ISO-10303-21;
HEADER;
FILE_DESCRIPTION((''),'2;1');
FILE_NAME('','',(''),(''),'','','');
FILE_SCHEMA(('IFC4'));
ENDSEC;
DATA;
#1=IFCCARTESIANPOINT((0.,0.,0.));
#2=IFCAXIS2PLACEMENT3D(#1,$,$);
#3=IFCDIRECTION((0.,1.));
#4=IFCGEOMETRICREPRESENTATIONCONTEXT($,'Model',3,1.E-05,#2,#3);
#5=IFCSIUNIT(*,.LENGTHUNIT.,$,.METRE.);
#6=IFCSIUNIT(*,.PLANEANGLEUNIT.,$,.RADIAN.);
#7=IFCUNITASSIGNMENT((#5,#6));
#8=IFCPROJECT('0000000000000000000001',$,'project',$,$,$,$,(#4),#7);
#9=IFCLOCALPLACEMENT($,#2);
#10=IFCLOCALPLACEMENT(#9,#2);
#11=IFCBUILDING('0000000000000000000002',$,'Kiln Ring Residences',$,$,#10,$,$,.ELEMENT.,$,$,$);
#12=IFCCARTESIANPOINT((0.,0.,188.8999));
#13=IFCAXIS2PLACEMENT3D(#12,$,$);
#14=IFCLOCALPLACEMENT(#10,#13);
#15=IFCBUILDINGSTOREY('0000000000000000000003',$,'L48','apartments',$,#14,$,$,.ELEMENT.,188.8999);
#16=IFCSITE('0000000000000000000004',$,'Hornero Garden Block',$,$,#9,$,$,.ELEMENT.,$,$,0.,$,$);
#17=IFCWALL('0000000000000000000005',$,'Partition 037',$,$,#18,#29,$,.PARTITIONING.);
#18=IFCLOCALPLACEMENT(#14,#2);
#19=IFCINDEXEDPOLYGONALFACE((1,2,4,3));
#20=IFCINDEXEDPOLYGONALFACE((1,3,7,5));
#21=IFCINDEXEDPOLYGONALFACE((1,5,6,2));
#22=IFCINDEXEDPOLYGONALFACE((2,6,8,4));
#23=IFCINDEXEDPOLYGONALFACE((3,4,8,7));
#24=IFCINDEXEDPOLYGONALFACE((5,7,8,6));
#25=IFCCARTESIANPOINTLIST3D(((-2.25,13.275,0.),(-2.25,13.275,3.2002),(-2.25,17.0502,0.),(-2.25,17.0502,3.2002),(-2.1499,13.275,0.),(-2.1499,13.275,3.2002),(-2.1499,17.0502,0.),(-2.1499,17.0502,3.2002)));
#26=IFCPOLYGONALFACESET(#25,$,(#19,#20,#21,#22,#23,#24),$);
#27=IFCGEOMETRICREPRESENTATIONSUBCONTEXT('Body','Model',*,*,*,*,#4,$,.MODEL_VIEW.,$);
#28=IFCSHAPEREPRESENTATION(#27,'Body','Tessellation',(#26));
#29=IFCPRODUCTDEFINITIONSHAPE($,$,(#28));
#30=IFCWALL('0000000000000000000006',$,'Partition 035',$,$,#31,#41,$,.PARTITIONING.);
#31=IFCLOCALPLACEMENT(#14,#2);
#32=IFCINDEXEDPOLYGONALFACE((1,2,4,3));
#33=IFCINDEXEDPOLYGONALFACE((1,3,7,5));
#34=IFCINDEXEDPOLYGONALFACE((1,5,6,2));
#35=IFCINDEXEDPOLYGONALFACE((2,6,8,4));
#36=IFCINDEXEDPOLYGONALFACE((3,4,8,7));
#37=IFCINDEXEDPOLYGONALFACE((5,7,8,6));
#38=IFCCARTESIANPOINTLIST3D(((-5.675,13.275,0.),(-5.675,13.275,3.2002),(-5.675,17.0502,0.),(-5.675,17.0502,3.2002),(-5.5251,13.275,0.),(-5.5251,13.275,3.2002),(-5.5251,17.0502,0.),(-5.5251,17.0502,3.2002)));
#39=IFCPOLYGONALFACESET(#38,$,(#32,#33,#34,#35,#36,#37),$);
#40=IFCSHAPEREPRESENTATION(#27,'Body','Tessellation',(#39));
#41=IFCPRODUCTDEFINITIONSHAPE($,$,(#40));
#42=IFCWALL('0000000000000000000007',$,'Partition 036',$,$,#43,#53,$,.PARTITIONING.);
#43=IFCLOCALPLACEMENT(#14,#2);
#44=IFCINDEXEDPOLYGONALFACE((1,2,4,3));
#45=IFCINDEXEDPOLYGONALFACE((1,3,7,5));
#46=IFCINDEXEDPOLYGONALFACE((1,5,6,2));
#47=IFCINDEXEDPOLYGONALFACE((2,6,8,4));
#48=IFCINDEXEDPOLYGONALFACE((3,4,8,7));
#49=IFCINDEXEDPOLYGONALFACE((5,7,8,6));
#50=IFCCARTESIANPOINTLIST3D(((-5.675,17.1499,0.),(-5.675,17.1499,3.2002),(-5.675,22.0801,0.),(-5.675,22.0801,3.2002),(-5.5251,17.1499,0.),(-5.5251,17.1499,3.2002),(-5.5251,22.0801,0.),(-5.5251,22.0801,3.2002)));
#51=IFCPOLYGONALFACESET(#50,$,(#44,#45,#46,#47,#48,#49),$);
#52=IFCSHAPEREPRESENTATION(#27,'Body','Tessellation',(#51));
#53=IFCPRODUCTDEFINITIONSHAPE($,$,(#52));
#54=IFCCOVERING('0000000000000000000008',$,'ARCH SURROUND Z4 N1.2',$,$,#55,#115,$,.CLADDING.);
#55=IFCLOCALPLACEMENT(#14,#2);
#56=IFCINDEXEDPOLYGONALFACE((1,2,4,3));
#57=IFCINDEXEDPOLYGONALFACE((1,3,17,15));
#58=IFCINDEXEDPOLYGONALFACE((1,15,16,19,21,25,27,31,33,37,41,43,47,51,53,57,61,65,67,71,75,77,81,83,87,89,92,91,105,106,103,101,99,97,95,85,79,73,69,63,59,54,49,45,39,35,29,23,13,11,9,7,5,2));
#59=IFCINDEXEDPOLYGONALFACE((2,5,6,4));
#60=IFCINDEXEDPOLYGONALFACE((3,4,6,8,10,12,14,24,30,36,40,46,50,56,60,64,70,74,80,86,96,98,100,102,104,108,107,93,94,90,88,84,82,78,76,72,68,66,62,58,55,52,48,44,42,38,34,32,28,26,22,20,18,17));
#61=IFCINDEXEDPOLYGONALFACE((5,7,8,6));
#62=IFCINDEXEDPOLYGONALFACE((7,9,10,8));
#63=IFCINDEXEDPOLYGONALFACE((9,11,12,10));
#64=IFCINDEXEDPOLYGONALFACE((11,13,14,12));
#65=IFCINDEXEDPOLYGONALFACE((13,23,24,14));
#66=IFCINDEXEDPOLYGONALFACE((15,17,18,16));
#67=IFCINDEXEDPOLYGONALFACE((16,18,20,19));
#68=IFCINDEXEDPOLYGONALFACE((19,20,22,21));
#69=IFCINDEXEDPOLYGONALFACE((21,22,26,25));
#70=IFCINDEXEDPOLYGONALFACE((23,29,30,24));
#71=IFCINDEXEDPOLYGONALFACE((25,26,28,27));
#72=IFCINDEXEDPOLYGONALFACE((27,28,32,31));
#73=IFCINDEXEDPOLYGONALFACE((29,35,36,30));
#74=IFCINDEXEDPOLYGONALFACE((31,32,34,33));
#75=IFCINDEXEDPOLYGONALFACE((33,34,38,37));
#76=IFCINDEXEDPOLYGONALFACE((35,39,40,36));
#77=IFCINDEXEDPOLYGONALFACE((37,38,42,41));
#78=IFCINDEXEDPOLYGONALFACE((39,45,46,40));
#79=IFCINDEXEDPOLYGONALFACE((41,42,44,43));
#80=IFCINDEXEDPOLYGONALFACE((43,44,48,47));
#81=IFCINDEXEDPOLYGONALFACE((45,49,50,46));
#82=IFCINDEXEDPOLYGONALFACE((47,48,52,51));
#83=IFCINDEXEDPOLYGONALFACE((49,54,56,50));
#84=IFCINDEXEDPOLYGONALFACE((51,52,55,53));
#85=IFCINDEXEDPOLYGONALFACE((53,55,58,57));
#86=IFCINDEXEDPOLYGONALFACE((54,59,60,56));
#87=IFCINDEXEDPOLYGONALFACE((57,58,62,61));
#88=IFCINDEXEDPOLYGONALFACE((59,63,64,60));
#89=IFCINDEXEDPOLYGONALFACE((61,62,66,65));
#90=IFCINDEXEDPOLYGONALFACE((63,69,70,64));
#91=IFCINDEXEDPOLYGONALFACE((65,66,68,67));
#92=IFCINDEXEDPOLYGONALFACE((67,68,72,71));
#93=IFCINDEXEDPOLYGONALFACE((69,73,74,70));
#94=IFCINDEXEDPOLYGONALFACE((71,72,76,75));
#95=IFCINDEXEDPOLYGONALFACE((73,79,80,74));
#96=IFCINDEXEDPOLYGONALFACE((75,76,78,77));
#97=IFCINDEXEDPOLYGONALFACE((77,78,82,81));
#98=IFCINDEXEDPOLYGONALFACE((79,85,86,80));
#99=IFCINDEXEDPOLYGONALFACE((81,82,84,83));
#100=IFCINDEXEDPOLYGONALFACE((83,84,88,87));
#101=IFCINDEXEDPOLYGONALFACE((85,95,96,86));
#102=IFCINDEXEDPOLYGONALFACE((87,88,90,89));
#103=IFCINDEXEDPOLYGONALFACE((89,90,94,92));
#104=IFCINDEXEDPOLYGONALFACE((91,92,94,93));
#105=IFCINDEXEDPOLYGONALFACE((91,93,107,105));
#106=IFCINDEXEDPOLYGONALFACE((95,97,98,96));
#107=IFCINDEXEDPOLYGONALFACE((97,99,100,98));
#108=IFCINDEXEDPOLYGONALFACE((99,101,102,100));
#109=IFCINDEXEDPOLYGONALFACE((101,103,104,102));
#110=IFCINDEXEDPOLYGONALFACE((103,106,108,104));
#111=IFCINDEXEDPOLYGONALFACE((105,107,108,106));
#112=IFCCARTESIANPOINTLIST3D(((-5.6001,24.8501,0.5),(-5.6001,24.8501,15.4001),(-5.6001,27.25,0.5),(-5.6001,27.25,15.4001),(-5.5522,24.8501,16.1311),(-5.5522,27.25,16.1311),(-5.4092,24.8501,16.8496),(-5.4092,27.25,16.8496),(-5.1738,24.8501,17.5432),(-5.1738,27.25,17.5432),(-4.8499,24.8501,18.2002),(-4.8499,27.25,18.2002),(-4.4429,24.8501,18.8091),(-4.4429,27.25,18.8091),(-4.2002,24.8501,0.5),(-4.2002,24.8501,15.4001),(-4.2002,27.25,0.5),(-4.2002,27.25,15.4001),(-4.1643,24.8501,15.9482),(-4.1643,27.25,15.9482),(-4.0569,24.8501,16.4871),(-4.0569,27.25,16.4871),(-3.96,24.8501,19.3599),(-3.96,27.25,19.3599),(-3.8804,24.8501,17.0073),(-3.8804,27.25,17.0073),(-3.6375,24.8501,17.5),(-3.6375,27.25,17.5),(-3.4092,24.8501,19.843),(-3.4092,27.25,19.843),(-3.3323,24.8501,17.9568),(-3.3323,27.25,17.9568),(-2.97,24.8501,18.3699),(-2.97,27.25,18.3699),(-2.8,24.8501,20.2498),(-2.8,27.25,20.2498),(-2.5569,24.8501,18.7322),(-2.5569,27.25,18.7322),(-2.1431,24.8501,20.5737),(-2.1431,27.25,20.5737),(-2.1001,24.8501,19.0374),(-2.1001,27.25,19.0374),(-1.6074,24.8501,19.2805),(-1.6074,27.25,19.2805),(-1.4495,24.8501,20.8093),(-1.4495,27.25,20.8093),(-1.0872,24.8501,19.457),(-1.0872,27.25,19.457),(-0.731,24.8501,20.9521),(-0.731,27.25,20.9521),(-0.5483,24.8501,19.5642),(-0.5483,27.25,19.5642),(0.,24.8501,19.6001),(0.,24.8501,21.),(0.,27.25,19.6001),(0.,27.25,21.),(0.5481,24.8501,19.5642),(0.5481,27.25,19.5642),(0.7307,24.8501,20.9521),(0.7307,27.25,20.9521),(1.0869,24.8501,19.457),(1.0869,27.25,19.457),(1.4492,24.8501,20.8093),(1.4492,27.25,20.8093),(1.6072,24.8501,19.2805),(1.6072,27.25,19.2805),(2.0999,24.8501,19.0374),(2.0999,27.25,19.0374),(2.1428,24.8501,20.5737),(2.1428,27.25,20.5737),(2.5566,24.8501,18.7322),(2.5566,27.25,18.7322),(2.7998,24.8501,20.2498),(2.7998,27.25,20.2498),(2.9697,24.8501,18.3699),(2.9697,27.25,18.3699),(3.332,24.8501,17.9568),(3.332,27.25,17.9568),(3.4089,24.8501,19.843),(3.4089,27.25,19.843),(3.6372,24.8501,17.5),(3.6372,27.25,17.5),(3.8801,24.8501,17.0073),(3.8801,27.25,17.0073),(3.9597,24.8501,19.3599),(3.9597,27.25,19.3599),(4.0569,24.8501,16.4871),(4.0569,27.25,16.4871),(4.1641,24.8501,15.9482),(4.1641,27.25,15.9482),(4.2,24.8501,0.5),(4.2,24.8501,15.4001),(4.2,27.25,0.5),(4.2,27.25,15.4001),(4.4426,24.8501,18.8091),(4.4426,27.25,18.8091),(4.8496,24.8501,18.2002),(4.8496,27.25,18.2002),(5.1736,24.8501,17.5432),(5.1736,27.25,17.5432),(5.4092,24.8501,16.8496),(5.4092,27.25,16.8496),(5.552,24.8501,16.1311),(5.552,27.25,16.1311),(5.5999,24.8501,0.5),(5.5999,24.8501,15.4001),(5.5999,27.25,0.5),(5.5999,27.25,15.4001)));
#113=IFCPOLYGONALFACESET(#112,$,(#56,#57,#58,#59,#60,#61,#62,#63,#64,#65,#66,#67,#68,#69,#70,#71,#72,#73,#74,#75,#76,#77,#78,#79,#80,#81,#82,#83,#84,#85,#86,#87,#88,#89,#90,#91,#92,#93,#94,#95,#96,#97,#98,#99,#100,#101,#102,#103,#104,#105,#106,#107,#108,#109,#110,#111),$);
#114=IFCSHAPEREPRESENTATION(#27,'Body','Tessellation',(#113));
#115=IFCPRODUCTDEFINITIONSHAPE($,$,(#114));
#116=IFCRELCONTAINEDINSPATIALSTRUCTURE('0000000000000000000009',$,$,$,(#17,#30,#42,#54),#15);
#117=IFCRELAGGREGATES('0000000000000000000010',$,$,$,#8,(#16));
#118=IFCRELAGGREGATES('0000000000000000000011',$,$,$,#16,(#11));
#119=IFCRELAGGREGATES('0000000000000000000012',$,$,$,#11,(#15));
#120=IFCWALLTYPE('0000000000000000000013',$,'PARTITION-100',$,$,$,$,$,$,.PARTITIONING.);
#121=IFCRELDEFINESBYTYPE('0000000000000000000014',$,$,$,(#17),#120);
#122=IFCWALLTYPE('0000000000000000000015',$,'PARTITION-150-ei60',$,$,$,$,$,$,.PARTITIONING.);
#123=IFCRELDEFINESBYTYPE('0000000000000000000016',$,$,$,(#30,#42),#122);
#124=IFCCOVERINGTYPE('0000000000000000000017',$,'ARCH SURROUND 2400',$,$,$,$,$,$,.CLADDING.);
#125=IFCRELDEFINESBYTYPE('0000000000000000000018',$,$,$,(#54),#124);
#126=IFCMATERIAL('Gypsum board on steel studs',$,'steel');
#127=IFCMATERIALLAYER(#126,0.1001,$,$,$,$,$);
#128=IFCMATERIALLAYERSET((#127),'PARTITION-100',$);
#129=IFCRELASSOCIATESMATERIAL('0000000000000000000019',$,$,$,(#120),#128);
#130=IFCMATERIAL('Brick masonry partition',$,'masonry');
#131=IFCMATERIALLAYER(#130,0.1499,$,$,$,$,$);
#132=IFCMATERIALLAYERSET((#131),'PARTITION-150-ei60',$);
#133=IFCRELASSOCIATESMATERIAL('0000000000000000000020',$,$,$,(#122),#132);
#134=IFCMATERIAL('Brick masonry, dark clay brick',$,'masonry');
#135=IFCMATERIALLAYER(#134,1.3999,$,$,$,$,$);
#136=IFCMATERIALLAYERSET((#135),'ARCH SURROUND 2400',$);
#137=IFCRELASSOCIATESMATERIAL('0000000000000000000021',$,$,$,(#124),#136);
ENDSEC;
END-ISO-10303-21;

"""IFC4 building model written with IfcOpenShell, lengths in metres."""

from ifc_helpers import new_model, si_unit, direction, frame, frame_2d, origin, place, context, subcontext, project, spatial, polyline, rectangle, outline, extrude, material, layer, layer_set, type_object, element, save


model = new_model("IFC4")

# Units and contexts
model_context = context("Model", 3, precision=1e-05, world=origin(), true_north=direction((0.0, 1.0)))
body_context = subcontext(model_context, "Body", "Model", "MODEL_VIEW")
ifc_project = project(units=[si_unit("LENGTHUNIT", "METRE"), si_unit("PLANEANGLEUNIT", "RADIAN")], contexts=[model_context])

# Site, building, storey
site_placement = place(None, origin())
site = spatial("IfcSite", under=ifc_project, at=site_placement, Name="Hornero Garden Block", CompositionType="ELEMENT", RefElevation=0.0)
building_placement = place(site_placement, origin())
building = spatial("IfcBuilding", under=site, at=building_placement, Name="Kiln Ring Residences", CompositionType="ELEMENT")
storey_placement = place(building_placement, frame((0.0, 0.0, 188.8999)))
storey = spatial("IfcBuildingStorey", under=building, at=storey_placement, Name="L48", Description="apartments", CompositionType="ELEMENT", Elevation=188.8999)

# Walls
ifc_material_1 = material(Name="Gypsum board on steel studs", Category="steel")
ifc_layer_1 = layer(ifc_material_1, 0.1001)
ifc_layer_set_1 = layer_set([ifc_layer_1], Name="PARTITION-100")
wall_type_1 = type_object("IfcWallType", Name="PARTITION-100", PredefinedType="PARTITIONING", material=ifc_layer_set_1)
wall_1_placement = place(storey_placement, frame((-2.2, 13.2749, 0.0), z_axis=(0.0, 0.0, 1.0), x_axis=(0.0, 1.0, 0.0)))
element("IfcWall", 1, at=wall_1_placement, inside=storey, type_object=wall_type_1, Name="Partition 037", PredefinedType="PARTITIONING", context=body_context, shape_type="SweptSolid", body=[
    extrude(rectangle(XDim=3.7751, YDim=0.1001, at=frame_2d((1.8877, 0.0))), origin(), (0.0, 0.0, 1.0), 3.2002),
])
ifc_material_2 = material(Name="Brick masonry partition", Category="masonry")
ifc_layer_2 = layer(ifc_material_2, 0.1499)
ifc_layer_set_2 = layer_set([ifc_layer_2], Name="PARTITION-150-ei60")
wall_type_2 = type_object("IfcWallType", Name="PARTITION-150-ei60", PredefinedType="PARTITIONING", material=ifc_layer_set_2)
wall_2_placement = place(storey_placement, frame((-5.6001, 13.2749, 0.0), z_axis=(0.0, 0.0, 1.0), x_axis=(0.0, 1.0, 0.0)))
element("IfcWall", 2, at=wall_2_placement, inside=storey, type_object=wall_type_2, Name="Partition 035", PredefinedType="PARTITIONING", context=body_context, shape_type="SweptSolid", body=[
    extrude(rectangle(XDim=3.7751, YDim=0.1499, at=frame_2d((1.8877, 0.0))), origin(), (0.0, 0.0, 1.0), 3.2002),
])
wall_3_placement = place(storey_placement, frame((-5.6001, 17.1499, 0.0), z_axis=(0.0, 0.0, 1.0), x_axis=(0.0, 1.0, 0.0)))
element("IfcWall", 3, at=wall_3_placement, inside=storey, type_object=wall_type_2, Name="Partition 036", PredefinedType="PARTITIONING", context=body_context, shape_type="SweptSolid", body=[
    extrude(rectangle(XDim=4.9302, YDim=0.1499, at=frame_2d((2.4651, 0.0))), origin(), (0.0, 0.0, 1.0), 3.2002),
])

# Covering
ifc_material_3 = material(Name="Brick masonry, dark clay brick", Category="masonry")
ifc_layer_3 = layer(ifc_material_3, 1.3999)
ifc_layer_set_3 = layer_set([ifc_layer_3], Name="ARCH SURROUND 2400")
covering_type = type_object("IfcCoveringType", Name="ARCH SURROUND 2400", PredefinedType="CLADDING", material=ifc_layer_set_3)
covering_placement = place(storey_placement, frame((-5.6001, 26.05, 0.5), z_axis=(0.0, 0.0, 1.0), x_axis=(1.0, 0.0, 0.0)))
element("IfcCovering", 4, at=covering_placement, inside=storey, type_object=covering_type, Name="ARCH SURROUND Z4 N1.2", PredefinedType="CLADDING", context=body_context, shape_type="SweptSolid", body=[
    extrude(outline(polyline([(0.0, 0.0), (0.0, 14.9001), (0.0479, 15.6311), (0.1909, 16.3496), (0.4263, 17.0432), (0.7502, 17.7002), (1.1572, 18.3091), (1.6401, 18.8599), (2.1909, 19.343), (2.8, 19.7498), (3.457, 20.0737), (4.1506, 20.3093), (4.8691, 20.4521), (5.6001, 20.5), (6.3308, 20.4521), (7.0493, 20.3093), (7.7429, 20.0737), (8.3999, 19.7498), (9.009, 19.343), (9.5598, 18.8599), (10.0427, 18.3091), (10.4497, 17.7002), (10.7737, 17.0432), (11.0093, 16.3496), (11.1521, 15.6311), (11.2, 14.9001), (11.2, 0.0), (9.8, 0.0), (9.8, 14.9001), (9.7642, 15.4482), (9.657, 15.9871), (9.4802, 16.5073), (9.2373, 17.0), (8.9321, 17.4568), (8.5698, 17.8699), (8.1567, 18.2322), (7.7, 18.5374), (7.2073, 18.7805), (6.687, 18.957), (6.1482, 19.0642), (5.6001, 19.1001), (5.0518, 19.0642), (4.5129, 18.957), (3.9927, 18.7805), (3.5, 18.5374), (3.0432, 18.2322), (2.6301, 17.8699), (2.2678, 17.4568), (1.9626, 17.0), (1.7197, 16.5073), (1.5432, 15.9871), (1.4358, 15.4482), (1.3999, 14.9001), (1.3999, 0.0), (0.0, 0.0)])), frame((0.0, 1.2, 0.0), z_axis=(0.0, -1.0, 0.0), x_axis=(1.0, 0.0, 0.0)), (0.0, 0.0, 1.0), 2.3999),
])

save(model, "model.ifc")
